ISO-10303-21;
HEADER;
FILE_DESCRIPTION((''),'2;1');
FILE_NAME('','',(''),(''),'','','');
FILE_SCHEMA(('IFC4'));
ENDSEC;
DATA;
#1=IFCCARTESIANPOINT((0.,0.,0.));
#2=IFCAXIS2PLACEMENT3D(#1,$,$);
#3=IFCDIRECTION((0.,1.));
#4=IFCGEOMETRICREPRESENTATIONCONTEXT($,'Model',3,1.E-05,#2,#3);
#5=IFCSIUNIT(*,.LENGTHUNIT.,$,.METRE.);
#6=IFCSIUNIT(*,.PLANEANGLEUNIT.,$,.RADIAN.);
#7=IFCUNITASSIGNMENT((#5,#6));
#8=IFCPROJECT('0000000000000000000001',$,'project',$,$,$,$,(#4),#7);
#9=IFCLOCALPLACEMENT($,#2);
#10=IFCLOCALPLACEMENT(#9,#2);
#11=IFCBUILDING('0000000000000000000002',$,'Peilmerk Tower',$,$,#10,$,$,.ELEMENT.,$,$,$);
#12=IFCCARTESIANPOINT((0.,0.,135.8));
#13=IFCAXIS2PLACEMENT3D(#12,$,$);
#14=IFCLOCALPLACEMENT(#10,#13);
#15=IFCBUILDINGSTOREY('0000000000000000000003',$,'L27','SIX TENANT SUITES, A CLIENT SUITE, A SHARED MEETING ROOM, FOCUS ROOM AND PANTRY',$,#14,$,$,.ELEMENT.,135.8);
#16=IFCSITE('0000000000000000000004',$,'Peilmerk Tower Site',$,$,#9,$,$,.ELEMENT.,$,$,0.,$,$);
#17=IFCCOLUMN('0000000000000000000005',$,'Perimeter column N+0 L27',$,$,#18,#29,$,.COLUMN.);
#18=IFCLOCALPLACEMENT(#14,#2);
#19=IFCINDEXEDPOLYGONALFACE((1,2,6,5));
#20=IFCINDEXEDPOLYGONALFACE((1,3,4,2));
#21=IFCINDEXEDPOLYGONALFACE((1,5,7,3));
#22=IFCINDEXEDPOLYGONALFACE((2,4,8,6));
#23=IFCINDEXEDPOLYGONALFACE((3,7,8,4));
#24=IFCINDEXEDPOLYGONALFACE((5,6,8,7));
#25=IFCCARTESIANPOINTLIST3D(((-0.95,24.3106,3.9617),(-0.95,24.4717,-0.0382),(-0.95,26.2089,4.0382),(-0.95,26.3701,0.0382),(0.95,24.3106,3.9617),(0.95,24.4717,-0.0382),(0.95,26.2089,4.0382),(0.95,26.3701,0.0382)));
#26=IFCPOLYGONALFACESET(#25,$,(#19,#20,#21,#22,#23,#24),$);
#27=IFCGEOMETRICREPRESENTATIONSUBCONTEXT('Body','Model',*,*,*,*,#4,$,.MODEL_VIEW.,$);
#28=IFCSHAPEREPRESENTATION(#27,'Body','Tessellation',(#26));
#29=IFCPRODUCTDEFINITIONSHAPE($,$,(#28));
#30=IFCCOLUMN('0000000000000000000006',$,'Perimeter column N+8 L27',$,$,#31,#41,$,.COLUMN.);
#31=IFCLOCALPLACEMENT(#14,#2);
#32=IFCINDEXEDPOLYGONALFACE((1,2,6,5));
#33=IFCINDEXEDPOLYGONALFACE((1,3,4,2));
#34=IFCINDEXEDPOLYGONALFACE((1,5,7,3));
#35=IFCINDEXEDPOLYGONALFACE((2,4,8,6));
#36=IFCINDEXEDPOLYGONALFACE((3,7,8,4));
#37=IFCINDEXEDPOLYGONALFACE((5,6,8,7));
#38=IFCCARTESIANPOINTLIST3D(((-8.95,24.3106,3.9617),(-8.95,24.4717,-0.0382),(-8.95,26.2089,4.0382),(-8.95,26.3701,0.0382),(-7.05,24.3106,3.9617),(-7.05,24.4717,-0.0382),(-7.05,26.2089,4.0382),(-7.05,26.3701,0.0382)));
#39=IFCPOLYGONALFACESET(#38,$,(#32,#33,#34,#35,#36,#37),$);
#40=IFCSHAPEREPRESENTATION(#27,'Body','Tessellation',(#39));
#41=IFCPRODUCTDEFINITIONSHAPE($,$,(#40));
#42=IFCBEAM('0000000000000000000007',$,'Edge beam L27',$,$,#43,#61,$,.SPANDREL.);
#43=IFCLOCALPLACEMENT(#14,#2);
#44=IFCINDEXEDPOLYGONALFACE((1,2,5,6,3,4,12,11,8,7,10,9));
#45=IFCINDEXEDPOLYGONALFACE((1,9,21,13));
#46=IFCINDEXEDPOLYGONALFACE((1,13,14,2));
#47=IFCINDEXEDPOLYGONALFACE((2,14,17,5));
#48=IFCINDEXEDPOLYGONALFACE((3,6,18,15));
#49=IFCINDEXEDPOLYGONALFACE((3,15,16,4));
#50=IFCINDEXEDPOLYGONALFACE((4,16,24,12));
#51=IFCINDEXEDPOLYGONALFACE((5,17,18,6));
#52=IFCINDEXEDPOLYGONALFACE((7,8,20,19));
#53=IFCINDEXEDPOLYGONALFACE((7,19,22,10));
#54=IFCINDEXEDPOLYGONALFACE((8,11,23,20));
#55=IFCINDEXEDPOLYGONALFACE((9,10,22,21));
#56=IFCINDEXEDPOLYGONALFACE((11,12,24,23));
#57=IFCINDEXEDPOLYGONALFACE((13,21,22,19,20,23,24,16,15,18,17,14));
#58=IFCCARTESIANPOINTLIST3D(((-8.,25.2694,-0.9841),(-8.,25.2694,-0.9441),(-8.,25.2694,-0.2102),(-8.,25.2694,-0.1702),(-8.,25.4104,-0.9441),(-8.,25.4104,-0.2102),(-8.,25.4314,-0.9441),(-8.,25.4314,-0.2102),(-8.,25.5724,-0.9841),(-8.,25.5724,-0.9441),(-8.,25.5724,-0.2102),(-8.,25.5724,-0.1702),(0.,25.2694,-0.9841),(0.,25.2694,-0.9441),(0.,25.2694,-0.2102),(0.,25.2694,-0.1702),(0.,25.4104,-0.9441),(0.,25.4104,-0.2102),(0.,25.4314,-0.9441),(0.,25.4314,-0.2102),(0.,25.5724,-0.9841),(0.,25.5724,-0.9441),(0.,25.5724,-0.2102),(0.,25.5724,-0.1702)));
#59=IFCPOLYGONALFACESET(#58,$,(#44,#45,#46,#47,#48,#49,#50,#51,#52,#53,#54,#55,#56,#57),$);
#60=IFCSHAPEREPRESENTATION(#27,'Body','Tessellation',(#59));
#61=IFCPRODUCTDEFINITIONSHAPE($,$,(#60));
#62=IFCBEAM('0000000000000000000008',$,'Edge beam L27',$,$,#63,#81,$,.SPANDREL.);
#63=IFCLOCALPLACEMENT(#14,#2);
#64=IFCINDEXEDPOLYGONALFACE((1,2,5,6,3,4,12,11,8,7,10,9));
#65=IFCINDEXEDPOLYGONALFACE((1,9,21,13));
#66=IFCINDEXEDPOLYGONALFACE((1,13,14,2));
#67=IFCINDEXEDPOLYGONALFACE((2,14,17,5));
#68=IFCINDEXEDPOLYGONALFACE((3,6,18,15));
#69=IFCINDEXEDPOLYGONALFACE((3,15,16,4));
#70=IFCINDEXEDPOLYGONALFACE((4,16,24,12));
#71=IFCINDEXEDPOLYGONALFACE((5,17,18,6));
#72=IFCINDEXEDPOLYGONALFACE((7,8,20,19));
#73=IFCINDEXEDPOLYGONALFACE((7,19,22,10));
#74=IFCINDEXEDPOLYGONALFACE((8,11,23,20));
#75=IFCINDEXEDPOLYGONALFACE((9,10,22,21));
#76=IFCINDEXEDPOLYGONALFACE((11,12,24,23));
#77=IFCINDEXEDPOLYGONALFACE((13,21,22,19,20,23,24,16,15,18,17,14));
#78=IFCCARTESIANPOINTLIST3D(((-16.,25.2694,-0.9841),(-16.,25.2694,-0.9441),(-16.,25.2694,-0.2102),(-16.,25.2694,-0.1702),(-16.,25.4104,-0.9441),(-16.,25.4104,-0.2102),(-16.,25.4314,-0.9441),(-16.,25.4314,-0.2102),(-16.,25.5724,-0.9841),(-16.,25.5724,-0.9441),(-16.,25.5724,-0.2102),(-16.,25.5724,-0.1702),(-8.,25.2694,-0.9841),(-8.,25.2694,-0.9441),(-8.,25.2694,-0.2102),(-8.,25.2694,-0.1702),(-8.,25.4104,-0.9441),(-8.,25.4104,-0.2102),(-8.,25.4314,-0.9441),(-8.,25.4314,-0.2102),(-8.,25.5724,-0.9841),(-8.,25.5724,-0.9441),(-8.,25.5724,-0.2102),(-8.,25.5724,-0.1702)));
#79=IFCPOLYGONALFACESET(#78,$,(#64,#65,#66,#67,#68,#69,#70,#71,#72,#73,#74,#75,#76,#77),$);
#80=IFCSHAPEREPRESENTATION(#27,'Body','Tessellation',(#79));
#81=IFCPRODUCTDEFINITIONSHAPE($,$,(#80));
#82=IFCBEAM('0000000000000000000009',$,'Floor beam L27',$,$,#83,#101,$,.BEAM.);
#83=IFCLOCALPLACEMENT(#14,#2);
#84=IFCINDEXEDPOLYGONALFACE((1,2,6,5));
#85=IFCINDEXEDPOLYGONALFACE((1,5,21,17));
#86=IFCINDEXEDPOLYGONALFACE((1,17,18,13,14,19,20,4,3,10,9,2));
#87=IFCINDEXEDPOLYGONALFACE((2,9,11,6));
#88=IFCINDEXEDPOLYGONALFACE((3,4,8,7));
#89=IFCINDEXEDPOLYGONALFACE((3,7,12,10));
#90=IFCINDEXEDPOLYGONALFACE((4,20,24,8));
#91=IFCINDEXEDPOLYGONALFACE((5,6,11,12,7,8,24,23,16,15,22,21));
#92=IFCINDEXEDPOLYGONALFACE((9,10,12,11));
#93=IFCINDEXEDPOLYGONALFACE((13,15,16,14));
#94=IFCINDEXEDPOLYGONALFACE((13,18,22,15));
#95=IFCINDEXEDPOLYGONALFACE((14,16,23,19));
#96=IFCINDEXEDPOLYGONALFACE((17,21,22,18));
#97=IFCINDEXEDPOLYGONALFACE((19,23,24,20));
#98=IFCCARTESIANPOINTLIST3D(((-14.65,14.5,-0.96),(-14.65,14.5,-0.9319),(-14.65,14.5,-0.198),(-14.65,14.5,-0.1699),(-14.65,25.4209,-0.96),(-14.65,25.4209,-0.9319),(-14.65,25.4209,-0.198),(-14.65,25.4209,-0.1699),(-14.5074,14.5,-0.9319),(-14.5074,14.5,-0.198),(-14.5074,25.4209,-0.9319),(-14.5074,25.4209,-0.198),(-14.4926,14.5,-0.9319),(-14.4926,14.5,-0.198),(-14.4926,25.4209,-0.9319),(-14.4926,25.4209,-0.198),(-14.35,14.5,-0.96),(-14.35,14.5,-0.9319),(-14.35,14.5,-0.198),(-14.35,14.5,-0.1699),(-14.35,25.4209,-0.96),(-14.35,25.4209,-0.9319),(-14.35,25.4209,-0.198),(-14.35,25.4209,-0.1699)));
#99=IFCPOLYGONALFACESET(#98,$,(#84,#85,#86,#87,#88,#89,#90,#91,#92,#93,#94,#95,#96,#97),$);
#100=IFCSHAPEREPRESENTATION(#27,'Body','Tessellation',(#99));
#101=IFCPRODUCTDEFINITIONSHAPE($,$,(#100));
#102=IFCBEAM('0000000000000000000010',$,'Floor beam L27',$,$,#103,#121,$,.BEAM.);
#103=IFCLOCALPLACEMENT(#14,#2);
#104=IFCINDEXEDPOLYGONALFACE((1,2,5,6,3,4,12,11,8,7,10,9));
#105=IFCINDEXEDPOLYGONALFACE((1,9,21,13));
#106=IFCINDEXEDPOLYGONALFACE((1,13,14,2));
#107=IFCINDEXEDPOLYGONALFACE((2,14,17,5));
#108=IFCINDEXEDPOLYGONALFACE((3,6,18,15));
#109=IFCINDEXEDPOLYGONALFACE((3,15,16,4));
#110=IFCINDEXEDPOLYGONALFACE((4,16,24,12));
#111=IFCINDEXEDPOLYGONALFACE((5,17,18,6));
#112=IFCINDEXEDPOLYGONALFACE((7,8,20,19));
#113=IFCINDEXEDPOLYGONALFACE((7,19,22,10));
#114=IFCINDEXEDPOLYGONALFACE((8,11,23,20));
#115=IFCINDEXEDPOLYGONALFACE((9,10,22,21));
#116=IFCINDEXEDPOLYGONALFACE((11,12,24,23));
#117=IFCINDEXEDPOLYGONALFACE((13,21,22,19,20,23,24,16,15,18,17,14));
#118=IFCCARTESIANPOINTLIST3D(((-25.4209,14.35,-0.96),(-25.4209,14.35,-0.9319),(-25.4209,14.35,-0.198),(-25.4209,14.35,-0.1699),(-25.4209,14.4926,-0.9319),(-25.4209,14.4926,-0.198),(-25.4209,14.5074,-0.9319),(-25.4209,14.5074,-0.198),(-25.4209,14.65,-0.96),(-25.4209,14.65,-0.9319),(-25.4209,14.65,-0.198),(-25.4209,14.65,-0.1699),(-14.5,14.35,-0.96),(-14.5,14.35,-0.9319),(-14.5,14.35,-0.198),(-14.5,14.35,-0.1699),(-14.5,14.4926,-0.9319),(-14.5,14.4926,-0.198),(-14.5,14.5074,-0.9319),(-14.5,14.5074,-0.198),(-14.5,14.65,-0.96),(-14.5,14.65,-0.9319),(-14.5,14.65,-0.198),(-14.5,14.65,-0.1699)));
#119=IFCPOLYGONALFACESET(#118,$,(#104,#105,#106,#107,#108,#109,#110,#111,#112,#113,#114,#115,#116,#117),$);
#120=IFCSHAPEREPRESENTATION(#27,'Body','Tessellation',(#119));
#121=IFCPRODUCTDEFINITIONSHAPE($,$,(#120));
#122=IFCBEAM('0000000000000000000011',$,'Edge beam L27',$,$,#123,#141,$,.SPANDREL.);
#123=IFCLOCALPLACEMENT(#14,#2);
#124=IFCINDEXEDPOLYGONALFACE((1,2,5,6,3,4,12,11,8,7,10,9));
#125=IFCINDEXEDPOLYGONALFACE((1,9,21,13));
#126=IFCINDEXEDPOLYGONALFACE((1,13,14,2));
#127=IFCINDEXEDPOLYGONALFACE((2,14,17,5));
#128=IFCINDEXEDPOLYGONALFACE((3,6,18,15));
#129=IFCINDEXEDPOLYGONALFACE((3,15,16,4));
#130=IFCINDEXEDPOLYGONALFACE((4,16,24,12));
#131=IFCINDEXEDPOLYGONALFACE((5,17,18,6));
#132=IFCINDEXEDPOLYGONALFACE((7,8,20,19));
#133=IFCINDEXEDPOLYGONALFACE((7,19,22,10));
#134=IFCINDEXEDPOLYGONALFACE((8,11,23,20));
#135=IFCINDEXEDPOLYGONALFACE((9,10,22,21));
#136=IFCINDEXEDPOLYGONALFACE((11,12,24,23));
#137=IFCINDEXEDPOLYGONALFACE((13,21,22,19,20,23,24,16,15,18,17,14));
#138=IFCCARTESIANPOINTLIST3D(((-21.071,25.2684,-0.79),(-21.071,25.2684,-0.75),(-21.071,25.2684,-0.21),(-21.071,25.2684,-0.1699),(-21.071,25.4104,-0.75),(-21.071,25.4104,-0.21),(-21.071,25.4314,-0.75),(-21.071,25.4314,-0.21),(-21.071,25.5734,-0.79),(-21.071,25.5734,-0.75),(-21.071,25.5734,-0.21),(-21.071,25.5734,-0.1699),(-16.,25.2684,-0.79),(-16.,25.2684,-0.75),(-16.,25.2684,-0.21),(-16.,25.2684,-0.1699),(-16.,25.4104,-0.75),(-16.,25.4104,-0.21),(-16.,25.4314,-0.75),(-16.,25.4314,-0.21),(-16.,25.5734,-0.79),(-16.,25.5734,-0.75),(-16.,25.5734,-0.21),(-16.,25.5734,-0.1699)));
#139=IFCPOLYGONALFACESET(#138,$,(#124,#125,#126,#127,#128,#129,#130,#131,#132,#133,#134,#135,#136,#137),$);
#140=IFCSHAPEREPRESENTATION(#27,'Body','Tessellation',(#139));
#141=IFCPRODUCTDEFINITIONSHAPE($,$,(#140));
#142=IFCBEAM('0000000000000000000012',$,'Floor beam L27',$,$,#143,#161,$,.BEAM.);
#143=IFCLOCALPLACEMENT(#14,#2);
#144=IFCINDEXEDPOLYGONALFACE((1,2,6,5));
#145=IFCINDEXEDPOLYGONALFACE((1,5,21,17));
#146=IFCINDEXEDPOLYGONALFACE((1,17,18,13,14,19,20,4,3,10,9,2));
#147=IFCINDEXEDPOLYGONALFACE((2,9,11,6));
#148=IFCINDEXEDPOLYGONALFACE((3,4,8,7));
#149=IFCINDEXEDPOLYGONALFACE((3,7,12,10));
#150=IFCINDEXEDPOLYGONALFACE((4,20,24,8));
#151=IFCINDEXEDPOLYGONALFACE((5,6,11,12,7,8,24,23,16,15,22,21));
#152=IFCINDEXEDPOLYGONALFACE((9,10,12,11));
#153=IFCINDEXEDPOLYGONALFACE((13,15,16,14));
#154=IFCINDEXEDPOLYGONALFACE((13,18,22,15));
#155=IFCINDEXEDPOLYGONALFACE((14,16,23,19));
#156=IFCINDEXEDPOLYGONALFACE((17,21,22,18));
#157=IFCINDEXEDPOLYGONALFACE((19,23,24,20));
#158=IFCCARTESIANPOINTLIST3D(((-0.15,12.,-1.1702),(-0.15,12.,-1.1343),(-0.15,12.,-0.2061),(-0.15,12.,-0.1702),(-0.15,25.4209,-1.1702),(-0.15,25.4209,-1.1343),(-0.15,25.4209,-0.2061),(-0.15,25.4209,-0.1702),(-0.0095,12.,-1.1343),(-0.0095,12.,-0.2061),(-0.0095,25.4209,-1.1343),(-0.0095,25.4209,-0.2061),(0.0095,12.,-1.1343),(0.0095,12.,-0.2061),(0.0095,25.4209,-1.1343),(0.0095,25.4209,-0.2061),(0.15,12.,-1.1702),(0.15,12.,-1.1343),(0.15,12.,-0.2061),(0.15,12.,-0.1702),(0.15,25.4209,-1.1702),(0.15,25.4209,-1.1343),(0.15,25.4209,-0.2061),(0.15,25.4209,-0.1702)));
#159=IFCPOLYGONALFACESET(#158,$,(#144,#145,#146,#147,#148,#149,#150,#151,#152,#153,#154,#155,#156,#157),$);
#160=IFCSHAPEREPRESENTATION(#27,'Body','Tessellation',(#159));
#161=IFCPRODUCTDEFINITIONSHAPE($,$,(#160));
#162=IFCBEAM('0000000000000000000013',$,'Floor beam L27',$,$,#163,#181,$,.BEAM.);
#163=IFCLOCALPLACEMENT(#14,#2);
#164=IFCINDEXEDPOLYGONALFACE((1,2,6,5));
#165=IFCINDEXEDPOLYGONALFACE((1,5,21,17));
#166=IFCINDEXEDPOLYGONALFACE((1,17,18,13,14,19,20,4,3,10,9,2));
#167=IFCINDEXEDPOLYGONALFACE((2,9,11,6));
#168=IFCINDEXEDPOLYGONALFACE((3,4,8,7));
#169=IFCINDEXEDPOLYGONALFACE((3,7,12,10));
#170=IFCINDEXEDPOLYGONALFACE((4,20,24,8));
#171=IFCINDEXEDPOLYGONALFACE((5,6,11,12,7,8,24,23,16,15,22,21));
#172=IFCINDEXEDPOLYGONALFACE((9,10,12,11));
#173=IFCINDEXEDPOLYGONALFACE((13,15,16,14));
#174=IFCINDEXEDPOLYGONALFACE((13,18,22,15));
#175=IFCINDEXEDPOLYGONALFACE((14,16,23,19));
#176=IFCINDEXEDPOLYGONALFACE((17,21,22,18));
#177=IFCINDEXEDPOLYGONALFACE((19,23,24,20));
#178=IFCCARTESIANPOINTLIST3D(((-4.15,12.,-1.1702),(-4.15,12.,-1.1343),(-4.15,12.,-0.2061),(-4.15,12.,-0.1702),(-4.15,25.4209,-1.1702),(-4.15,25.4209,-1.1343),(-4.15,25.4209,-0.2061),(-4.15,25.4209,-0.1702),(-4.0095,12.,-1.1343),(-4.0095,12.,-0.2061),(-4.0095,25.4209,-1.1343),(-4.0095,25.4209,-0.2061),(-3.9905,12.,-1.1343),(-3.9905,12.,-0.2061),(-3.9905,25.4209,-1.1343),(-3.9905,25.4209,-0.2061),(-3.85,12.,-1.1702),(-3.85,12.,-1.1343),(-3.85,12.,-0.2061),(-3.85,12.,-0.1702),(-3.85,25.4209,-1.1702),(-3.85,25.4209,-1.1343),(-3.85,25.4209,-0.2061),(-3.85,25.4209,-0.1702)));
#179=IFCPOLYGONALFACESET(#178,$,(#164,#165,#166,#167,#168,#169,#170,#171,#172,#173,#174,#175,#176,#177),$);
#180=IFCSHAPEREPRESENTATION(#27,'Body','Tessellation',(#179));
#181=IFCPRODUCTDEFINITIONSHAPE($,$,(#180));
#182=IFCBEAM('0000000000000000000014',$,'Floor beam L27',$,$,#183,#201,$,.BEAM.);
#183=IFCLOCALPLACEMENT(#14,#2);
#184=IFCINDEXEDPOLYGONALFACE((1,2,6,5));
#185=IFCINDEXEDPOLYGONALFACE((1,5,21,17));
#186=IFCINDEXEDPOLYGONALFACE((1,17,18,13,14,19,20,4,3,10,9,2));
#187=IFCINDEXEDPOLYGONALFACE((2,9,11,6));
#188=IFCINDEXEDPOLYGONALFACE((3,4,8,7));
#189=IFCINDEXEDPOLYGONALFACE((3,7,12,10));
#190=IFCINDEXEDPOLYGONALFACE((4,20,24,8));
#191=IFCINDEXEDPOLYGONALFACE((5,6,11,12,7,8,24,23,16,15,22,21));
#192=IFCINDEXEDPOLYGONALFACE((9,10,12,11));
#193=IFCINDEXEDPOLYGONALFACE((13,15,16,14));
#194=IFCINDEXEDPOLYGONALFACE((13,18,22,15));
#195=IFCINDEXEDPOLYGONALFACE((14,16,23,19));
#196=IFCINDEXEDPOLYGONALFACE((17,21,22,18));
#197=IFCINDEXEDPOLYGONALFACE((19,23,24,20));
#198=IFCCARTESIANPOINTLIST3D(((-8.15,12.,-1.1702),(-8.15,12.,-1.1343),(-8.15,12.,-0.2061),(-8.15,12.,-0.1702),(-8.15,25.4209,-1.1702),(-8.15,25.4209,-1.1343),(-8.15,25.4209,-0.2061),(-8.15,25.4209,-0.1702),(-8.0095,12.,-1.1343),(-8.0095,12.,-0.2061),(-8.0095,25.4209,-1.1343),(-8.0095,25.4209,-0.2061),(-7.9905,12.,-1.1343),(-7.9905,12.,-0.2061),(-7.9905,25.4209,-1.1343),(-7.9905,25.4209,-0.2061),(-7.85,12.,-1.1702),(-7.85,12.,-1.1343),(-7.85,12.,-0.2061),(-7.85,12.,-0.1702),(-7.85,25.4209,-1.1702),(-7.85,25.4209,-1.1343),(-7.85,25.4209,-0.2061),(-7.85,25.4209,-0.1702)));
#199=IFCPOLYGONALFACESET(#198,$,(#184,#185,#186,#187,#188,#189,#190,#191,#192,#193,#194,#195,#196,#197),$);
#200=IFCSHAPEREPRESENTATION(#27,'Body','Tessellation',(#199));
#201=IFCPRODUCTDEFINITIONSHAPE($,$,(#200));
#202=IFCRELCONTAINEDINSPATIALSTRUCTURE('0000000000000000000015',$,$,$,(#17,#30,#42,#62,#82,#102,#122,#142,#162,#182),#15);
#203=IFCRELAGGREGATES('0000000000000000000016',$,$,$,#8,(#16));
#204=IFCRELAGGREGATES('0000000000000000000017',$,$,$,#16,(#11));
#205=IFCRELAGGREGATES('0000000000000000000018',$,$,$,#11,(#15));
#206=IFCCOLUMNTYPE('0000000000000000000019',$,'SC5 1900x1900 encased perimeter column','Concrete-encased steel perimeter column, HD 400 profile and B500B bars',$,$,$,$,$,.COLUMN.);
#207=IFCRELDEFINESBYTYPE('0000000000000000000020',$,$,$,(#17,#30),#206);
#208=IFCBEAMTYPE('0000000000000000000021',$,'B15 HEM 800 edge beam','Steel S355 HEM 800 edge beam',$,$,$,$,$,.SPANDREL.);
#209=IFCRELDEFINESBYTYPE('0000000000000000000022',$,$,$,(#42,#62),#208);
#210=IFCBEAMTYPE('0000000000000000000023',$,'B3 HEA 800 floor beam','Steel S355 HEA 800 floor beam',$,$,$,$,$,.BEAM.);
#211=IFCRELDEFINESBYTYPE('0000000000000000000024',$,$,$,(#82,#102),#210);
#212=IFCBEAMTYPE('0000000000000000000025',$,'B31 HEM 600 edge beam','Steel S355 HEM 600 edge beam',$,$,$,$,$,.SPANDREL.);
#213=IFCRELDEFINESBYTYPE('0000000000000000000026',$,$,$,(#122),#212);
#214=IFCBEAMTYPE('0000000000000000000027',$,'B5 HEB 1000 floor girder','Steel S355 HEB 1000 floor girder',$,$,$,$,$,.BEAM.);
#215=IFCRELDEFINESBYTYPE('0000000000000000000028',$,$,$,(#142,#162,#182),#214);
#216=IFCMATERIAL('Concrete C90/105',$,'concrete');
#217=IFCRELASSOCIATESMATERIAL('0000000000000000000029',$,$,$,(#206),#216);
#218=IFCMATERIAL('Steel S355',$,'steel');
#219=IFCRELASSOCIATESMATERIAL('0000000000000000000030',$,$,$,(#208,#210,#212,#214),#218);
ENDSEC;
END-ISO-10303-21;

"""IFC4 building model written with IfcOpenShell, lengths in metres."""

from ifc_helpers import new_model, si_unit, direction, frame, origin, origin_2d, place, context, subcontext, project, spatial, rectangle, i_section, extrude, material, material_profile, profile_set, type_object, element, save


model = new_model("IFC4")

# Units and contexts
model_context = context("Model", 3, precision=1e-05, world=origin(), true_north=direction((0.0, 1.0)))
body_context = subcontext(model_context, "Body", "Model", "MODEL_VIEW")
ifc_project = project(units=[si_unit("LENGTHUNIT", "METRE"), si_unit("PLANEANGLEUNIT", "RADIAN")], contexts=[model_context])

# Site, building, storey
site_placement = place(None, origin())
site = spatial("IfcSite", under=ifc_project, at=site_placement, Name="Peilmerk Tower Site", CompositionType="ELEMENT", RefElevation=0.0)
building_placement = place(site_placement, origin())
building = spatial("IfcBuilding", under=site, at=building_placement, Name="Peilmerk Tower", CompositionType="ELEMENT")
storey_placement = place(building_placement, frame((0.0, 0.0, 135.8)))
storey = spatial("IfcBuildingStorey", under=building, at=storey_placement, Name="L27", Description="SIX TENANT SUITES, A CLIENT SUITE, A SHARED MEETING ROOM, FOCUS ROOM AND PANTRY", CompositionType="ELEMENT", Elevation=135.8)

# Columns
ifc_material_1 = material(Name="Concrete C90/105", Category="concrete")
ifc_material_profile_1 = material_profile(ifc_material_1, rectangle(XDim=1.8999, YDim=1.8999, at=origin_2d()), Name="RC 1900x1900")
ifc_profile_set_1 = profile_set([ifc_material_profile_1], Name="Concrete C90/105")
column_type = type_object("IfcColumnType", Name="SC5 1900x1900 encased perimeter column", Description="Concrete-encased steel perimeter column, HD 400 profile and B500B bars", PredefinedType="COLUMN", material=ifc_profile_set_1)
for number, where, z_axis, x_axis, name in (
    (1, (0.0, 25.4209, 0.0), (0.0, -0.040251, 0.99919), (1.0, 0.0, 0.0), "Perimeter column N+0 L27"),
    (2, (-8.0, 25.4209, 0.0), (0.0, -0.040251, 0.99919), (1.0, 0.0, 0.0), "Perimeter column N+8 L27"),
):
    element("IfcColumn", number, at=place(storey_placement, frame(where, z_axis=z_axis, x_axis=x_axis)), inside=storey, type_object=column_type, Name=name, PredefinedType="COLUMN", context=body_context, shape_type="SweptSolid", body=[
        extrude(rectangle(XDim=1.8999, YDim=1.8999, at=origin_2d()), origin(), (0.0, 0.0, 1.0), 4.0032),
    ])

# Beams
ifc_material_2 = material(Name="Steel S355", Category="steel")
ifc_material_profile_2 = material_profile(ifc_material_2, i_section(OverallWidth=0.303, OverallDepth=0.814, WebThickness=0.021, FlangeThickness=0.04, at=origin_2d()), Name="HEM 800")
ifc_profile_set_2 = profile_set([ifc_material_profile_2], Name="Steel S355")
beam_type_1 = type_object("IfcBeamType", Name="B15 HEM 800 edge beam", Description="Steel S355 HEM 800 edge beam", PredefinedType="SPANDREL", material=ifc_profile_set_2)
for number, where, z_axis, x_axis, name in (
    (3, (0.0, 25.4209, -0.5771), (-1.0, 0.0, 0.0), (0.0, -1.0, 0.0), "Edge beam L27"),
    (4, (-8.0, 25.4209, -0.5771), (-1.0, 0.0, 0.0), (0.0, -1.0, 0.0), "Edge beam L27"),
):
    element("IfcBeam", number, at=place(storey_placement, frame(where, z_axis=z_axis, x_axis=x_axis)), inside=storey, type_object=beam_type_1, Name=name, PredefinedType="SPANDREL", context=body_context, shape_type="SweptSolid", body=[
        extrude(i_section(OverallWidth=0.303, OverallDepth=0.814, WebThickness=0.021, FlangeThickness=0.04, at=origin_2d()), origin(), (0.0, 0.0, 1.0), 8.0),
    ])
ifc_material_profile_3 = material_profile(ifc_material_2, i_section(OverallWidth=0.3, OverallDepth=0.79, WebThickness=0.0149, FlangeThickness=0.0281, at=origin_2d()), Name="HEA 800")
ifc_profile_set_3 = profile_set([ifc_material_profile_3], Name="Steel S355")
beam_type_2 = type_object("IfcBeamType", Name="B3 HEA 800 floor beam", Description="Steel S355 HEA 800 floor beam", PredefinedType="BEAM", material=ifc_profile_set_3)
for number, where, z_axis, x_axis, name in (
    (5, (-14.5, 14.5, -0.5649), (0.0, 1.0, 0.0), (-1.0, 0.0, 0.0), "Floor beam L27"),
    (6, (-14.5, 14.5, -0.5649), (-1.0, 0.0, 0.0), (0.0, -1.0, 0.0), "Floor beam L27"),
):
    element("IfcBeam", number, at=place(storey_placement, frame(where, z_axis=z_axis, x_axis=x_axis)), inside=storey, type_object=beam_type_2, Name=name, PredefinedType="BEAM", context=body_context, shape_type="SweptSolid", body=[
        extrude(i_section(OverallWidth=0.3, OverallDepth=0.79, WebThickness=0.0149, FlangeThickness=0.0281, at=origin_2d()), origin(), (0.0, 0.0, 1.0), 10.9209),
    ])
ifc_material_profile_4 = material_profile(ifc_material_2, i_section(OverallWidth=0.3049, OverallDepth=0.6201, WebThickness=0.021, FlangeThickness=0.04, at=origin_2d()), Name="HEM 600")
ifc_profile_set_4 = profile_set([ifc_material_profile_4], Name="Steel S355")
beam_type_3 = type_object("IfcBeamType", Name="B31 HEM 600 edge beam", Description="Steel S355 HEM 600 edge beam", PredefinedType="SPANDREL", material=ifc_profile_set_4)
beam_1_placement = place(storey_placement, frame((-16.0, 25.4209, -0.48), z_axis=(-1.0, 0.0, 0.0), x_axis=(0.0, -1.0, 0.0)))
element("IfcBeam", 7, at=beam_1_placement, inside=storey, type_object=beam_type_3, Name="Edge beam L27", PredefinedType="SPANDREL", context=body_context, shape_type="SweptSolid", body=[
    extrude(i_section(OverallWidth=0.3049, OverallDepth=0.6201, WebThickness=0.021, FlangeThickness=0.04, at=origin_2d()), origin(), (0.0, 0.0, 1.0), 5.071),
])
ifc_material_profile_5 = material_profile(ifc_material_2, i_section(OverallWidth=0.3, OverallDepth=1.0, WebThickness=0.019, FlangeThickness=0.0359, at=origin_2d()), Name="HEB 1000")
ifc_profile_set_5 = profile_set([ifc_material_profile_5], Name="Steel S355")
beam_type_4 = type_object("IfcBeamType", Name="B5 HEB 1000 floor girder", Description="Steel S355 HEB 1000 floor girder", PredefinedType="BEAM", material=ifc_profile_set_5)
for number, where, z_axis, x_axis, name in (
    (8, (0.0, 12.0, -0.6702), (0.0, 1.0, 0.0), (-1.0, 0.0, 0.0), "Floor beam L27"),
    (9, (-4.0, 12.0, -0.6702), (0.0, 1.0, 0.0), (-1.0, 0.0, 0.0), "Floor beam L27"),
    (10, (-8.0, 12.0, -0.6702), (0.0, 1.0, 0.0), (-1.0, 0.0, 0.0), "Floor beam L27"),
):
    element("IfcBeam", number, at=place(storey_placement, frame(where, z_axis=z_axis, x_axis=x_axis)), inside=storey, type_object=beam_type_4, Name=name, PredefinedType="BEAM", context=body_context, shape_type="SweptSolid", body=[
        extrude(i_section(OverallWidth=0.3, OverallDepth=1.0, WebThickness=0.019, FlangeThickness=0.0359, at=origin_2d()), origin(), (0.0, 0.0, 1.0), 13.4209),
    ])

save(model, "model.ifc")
